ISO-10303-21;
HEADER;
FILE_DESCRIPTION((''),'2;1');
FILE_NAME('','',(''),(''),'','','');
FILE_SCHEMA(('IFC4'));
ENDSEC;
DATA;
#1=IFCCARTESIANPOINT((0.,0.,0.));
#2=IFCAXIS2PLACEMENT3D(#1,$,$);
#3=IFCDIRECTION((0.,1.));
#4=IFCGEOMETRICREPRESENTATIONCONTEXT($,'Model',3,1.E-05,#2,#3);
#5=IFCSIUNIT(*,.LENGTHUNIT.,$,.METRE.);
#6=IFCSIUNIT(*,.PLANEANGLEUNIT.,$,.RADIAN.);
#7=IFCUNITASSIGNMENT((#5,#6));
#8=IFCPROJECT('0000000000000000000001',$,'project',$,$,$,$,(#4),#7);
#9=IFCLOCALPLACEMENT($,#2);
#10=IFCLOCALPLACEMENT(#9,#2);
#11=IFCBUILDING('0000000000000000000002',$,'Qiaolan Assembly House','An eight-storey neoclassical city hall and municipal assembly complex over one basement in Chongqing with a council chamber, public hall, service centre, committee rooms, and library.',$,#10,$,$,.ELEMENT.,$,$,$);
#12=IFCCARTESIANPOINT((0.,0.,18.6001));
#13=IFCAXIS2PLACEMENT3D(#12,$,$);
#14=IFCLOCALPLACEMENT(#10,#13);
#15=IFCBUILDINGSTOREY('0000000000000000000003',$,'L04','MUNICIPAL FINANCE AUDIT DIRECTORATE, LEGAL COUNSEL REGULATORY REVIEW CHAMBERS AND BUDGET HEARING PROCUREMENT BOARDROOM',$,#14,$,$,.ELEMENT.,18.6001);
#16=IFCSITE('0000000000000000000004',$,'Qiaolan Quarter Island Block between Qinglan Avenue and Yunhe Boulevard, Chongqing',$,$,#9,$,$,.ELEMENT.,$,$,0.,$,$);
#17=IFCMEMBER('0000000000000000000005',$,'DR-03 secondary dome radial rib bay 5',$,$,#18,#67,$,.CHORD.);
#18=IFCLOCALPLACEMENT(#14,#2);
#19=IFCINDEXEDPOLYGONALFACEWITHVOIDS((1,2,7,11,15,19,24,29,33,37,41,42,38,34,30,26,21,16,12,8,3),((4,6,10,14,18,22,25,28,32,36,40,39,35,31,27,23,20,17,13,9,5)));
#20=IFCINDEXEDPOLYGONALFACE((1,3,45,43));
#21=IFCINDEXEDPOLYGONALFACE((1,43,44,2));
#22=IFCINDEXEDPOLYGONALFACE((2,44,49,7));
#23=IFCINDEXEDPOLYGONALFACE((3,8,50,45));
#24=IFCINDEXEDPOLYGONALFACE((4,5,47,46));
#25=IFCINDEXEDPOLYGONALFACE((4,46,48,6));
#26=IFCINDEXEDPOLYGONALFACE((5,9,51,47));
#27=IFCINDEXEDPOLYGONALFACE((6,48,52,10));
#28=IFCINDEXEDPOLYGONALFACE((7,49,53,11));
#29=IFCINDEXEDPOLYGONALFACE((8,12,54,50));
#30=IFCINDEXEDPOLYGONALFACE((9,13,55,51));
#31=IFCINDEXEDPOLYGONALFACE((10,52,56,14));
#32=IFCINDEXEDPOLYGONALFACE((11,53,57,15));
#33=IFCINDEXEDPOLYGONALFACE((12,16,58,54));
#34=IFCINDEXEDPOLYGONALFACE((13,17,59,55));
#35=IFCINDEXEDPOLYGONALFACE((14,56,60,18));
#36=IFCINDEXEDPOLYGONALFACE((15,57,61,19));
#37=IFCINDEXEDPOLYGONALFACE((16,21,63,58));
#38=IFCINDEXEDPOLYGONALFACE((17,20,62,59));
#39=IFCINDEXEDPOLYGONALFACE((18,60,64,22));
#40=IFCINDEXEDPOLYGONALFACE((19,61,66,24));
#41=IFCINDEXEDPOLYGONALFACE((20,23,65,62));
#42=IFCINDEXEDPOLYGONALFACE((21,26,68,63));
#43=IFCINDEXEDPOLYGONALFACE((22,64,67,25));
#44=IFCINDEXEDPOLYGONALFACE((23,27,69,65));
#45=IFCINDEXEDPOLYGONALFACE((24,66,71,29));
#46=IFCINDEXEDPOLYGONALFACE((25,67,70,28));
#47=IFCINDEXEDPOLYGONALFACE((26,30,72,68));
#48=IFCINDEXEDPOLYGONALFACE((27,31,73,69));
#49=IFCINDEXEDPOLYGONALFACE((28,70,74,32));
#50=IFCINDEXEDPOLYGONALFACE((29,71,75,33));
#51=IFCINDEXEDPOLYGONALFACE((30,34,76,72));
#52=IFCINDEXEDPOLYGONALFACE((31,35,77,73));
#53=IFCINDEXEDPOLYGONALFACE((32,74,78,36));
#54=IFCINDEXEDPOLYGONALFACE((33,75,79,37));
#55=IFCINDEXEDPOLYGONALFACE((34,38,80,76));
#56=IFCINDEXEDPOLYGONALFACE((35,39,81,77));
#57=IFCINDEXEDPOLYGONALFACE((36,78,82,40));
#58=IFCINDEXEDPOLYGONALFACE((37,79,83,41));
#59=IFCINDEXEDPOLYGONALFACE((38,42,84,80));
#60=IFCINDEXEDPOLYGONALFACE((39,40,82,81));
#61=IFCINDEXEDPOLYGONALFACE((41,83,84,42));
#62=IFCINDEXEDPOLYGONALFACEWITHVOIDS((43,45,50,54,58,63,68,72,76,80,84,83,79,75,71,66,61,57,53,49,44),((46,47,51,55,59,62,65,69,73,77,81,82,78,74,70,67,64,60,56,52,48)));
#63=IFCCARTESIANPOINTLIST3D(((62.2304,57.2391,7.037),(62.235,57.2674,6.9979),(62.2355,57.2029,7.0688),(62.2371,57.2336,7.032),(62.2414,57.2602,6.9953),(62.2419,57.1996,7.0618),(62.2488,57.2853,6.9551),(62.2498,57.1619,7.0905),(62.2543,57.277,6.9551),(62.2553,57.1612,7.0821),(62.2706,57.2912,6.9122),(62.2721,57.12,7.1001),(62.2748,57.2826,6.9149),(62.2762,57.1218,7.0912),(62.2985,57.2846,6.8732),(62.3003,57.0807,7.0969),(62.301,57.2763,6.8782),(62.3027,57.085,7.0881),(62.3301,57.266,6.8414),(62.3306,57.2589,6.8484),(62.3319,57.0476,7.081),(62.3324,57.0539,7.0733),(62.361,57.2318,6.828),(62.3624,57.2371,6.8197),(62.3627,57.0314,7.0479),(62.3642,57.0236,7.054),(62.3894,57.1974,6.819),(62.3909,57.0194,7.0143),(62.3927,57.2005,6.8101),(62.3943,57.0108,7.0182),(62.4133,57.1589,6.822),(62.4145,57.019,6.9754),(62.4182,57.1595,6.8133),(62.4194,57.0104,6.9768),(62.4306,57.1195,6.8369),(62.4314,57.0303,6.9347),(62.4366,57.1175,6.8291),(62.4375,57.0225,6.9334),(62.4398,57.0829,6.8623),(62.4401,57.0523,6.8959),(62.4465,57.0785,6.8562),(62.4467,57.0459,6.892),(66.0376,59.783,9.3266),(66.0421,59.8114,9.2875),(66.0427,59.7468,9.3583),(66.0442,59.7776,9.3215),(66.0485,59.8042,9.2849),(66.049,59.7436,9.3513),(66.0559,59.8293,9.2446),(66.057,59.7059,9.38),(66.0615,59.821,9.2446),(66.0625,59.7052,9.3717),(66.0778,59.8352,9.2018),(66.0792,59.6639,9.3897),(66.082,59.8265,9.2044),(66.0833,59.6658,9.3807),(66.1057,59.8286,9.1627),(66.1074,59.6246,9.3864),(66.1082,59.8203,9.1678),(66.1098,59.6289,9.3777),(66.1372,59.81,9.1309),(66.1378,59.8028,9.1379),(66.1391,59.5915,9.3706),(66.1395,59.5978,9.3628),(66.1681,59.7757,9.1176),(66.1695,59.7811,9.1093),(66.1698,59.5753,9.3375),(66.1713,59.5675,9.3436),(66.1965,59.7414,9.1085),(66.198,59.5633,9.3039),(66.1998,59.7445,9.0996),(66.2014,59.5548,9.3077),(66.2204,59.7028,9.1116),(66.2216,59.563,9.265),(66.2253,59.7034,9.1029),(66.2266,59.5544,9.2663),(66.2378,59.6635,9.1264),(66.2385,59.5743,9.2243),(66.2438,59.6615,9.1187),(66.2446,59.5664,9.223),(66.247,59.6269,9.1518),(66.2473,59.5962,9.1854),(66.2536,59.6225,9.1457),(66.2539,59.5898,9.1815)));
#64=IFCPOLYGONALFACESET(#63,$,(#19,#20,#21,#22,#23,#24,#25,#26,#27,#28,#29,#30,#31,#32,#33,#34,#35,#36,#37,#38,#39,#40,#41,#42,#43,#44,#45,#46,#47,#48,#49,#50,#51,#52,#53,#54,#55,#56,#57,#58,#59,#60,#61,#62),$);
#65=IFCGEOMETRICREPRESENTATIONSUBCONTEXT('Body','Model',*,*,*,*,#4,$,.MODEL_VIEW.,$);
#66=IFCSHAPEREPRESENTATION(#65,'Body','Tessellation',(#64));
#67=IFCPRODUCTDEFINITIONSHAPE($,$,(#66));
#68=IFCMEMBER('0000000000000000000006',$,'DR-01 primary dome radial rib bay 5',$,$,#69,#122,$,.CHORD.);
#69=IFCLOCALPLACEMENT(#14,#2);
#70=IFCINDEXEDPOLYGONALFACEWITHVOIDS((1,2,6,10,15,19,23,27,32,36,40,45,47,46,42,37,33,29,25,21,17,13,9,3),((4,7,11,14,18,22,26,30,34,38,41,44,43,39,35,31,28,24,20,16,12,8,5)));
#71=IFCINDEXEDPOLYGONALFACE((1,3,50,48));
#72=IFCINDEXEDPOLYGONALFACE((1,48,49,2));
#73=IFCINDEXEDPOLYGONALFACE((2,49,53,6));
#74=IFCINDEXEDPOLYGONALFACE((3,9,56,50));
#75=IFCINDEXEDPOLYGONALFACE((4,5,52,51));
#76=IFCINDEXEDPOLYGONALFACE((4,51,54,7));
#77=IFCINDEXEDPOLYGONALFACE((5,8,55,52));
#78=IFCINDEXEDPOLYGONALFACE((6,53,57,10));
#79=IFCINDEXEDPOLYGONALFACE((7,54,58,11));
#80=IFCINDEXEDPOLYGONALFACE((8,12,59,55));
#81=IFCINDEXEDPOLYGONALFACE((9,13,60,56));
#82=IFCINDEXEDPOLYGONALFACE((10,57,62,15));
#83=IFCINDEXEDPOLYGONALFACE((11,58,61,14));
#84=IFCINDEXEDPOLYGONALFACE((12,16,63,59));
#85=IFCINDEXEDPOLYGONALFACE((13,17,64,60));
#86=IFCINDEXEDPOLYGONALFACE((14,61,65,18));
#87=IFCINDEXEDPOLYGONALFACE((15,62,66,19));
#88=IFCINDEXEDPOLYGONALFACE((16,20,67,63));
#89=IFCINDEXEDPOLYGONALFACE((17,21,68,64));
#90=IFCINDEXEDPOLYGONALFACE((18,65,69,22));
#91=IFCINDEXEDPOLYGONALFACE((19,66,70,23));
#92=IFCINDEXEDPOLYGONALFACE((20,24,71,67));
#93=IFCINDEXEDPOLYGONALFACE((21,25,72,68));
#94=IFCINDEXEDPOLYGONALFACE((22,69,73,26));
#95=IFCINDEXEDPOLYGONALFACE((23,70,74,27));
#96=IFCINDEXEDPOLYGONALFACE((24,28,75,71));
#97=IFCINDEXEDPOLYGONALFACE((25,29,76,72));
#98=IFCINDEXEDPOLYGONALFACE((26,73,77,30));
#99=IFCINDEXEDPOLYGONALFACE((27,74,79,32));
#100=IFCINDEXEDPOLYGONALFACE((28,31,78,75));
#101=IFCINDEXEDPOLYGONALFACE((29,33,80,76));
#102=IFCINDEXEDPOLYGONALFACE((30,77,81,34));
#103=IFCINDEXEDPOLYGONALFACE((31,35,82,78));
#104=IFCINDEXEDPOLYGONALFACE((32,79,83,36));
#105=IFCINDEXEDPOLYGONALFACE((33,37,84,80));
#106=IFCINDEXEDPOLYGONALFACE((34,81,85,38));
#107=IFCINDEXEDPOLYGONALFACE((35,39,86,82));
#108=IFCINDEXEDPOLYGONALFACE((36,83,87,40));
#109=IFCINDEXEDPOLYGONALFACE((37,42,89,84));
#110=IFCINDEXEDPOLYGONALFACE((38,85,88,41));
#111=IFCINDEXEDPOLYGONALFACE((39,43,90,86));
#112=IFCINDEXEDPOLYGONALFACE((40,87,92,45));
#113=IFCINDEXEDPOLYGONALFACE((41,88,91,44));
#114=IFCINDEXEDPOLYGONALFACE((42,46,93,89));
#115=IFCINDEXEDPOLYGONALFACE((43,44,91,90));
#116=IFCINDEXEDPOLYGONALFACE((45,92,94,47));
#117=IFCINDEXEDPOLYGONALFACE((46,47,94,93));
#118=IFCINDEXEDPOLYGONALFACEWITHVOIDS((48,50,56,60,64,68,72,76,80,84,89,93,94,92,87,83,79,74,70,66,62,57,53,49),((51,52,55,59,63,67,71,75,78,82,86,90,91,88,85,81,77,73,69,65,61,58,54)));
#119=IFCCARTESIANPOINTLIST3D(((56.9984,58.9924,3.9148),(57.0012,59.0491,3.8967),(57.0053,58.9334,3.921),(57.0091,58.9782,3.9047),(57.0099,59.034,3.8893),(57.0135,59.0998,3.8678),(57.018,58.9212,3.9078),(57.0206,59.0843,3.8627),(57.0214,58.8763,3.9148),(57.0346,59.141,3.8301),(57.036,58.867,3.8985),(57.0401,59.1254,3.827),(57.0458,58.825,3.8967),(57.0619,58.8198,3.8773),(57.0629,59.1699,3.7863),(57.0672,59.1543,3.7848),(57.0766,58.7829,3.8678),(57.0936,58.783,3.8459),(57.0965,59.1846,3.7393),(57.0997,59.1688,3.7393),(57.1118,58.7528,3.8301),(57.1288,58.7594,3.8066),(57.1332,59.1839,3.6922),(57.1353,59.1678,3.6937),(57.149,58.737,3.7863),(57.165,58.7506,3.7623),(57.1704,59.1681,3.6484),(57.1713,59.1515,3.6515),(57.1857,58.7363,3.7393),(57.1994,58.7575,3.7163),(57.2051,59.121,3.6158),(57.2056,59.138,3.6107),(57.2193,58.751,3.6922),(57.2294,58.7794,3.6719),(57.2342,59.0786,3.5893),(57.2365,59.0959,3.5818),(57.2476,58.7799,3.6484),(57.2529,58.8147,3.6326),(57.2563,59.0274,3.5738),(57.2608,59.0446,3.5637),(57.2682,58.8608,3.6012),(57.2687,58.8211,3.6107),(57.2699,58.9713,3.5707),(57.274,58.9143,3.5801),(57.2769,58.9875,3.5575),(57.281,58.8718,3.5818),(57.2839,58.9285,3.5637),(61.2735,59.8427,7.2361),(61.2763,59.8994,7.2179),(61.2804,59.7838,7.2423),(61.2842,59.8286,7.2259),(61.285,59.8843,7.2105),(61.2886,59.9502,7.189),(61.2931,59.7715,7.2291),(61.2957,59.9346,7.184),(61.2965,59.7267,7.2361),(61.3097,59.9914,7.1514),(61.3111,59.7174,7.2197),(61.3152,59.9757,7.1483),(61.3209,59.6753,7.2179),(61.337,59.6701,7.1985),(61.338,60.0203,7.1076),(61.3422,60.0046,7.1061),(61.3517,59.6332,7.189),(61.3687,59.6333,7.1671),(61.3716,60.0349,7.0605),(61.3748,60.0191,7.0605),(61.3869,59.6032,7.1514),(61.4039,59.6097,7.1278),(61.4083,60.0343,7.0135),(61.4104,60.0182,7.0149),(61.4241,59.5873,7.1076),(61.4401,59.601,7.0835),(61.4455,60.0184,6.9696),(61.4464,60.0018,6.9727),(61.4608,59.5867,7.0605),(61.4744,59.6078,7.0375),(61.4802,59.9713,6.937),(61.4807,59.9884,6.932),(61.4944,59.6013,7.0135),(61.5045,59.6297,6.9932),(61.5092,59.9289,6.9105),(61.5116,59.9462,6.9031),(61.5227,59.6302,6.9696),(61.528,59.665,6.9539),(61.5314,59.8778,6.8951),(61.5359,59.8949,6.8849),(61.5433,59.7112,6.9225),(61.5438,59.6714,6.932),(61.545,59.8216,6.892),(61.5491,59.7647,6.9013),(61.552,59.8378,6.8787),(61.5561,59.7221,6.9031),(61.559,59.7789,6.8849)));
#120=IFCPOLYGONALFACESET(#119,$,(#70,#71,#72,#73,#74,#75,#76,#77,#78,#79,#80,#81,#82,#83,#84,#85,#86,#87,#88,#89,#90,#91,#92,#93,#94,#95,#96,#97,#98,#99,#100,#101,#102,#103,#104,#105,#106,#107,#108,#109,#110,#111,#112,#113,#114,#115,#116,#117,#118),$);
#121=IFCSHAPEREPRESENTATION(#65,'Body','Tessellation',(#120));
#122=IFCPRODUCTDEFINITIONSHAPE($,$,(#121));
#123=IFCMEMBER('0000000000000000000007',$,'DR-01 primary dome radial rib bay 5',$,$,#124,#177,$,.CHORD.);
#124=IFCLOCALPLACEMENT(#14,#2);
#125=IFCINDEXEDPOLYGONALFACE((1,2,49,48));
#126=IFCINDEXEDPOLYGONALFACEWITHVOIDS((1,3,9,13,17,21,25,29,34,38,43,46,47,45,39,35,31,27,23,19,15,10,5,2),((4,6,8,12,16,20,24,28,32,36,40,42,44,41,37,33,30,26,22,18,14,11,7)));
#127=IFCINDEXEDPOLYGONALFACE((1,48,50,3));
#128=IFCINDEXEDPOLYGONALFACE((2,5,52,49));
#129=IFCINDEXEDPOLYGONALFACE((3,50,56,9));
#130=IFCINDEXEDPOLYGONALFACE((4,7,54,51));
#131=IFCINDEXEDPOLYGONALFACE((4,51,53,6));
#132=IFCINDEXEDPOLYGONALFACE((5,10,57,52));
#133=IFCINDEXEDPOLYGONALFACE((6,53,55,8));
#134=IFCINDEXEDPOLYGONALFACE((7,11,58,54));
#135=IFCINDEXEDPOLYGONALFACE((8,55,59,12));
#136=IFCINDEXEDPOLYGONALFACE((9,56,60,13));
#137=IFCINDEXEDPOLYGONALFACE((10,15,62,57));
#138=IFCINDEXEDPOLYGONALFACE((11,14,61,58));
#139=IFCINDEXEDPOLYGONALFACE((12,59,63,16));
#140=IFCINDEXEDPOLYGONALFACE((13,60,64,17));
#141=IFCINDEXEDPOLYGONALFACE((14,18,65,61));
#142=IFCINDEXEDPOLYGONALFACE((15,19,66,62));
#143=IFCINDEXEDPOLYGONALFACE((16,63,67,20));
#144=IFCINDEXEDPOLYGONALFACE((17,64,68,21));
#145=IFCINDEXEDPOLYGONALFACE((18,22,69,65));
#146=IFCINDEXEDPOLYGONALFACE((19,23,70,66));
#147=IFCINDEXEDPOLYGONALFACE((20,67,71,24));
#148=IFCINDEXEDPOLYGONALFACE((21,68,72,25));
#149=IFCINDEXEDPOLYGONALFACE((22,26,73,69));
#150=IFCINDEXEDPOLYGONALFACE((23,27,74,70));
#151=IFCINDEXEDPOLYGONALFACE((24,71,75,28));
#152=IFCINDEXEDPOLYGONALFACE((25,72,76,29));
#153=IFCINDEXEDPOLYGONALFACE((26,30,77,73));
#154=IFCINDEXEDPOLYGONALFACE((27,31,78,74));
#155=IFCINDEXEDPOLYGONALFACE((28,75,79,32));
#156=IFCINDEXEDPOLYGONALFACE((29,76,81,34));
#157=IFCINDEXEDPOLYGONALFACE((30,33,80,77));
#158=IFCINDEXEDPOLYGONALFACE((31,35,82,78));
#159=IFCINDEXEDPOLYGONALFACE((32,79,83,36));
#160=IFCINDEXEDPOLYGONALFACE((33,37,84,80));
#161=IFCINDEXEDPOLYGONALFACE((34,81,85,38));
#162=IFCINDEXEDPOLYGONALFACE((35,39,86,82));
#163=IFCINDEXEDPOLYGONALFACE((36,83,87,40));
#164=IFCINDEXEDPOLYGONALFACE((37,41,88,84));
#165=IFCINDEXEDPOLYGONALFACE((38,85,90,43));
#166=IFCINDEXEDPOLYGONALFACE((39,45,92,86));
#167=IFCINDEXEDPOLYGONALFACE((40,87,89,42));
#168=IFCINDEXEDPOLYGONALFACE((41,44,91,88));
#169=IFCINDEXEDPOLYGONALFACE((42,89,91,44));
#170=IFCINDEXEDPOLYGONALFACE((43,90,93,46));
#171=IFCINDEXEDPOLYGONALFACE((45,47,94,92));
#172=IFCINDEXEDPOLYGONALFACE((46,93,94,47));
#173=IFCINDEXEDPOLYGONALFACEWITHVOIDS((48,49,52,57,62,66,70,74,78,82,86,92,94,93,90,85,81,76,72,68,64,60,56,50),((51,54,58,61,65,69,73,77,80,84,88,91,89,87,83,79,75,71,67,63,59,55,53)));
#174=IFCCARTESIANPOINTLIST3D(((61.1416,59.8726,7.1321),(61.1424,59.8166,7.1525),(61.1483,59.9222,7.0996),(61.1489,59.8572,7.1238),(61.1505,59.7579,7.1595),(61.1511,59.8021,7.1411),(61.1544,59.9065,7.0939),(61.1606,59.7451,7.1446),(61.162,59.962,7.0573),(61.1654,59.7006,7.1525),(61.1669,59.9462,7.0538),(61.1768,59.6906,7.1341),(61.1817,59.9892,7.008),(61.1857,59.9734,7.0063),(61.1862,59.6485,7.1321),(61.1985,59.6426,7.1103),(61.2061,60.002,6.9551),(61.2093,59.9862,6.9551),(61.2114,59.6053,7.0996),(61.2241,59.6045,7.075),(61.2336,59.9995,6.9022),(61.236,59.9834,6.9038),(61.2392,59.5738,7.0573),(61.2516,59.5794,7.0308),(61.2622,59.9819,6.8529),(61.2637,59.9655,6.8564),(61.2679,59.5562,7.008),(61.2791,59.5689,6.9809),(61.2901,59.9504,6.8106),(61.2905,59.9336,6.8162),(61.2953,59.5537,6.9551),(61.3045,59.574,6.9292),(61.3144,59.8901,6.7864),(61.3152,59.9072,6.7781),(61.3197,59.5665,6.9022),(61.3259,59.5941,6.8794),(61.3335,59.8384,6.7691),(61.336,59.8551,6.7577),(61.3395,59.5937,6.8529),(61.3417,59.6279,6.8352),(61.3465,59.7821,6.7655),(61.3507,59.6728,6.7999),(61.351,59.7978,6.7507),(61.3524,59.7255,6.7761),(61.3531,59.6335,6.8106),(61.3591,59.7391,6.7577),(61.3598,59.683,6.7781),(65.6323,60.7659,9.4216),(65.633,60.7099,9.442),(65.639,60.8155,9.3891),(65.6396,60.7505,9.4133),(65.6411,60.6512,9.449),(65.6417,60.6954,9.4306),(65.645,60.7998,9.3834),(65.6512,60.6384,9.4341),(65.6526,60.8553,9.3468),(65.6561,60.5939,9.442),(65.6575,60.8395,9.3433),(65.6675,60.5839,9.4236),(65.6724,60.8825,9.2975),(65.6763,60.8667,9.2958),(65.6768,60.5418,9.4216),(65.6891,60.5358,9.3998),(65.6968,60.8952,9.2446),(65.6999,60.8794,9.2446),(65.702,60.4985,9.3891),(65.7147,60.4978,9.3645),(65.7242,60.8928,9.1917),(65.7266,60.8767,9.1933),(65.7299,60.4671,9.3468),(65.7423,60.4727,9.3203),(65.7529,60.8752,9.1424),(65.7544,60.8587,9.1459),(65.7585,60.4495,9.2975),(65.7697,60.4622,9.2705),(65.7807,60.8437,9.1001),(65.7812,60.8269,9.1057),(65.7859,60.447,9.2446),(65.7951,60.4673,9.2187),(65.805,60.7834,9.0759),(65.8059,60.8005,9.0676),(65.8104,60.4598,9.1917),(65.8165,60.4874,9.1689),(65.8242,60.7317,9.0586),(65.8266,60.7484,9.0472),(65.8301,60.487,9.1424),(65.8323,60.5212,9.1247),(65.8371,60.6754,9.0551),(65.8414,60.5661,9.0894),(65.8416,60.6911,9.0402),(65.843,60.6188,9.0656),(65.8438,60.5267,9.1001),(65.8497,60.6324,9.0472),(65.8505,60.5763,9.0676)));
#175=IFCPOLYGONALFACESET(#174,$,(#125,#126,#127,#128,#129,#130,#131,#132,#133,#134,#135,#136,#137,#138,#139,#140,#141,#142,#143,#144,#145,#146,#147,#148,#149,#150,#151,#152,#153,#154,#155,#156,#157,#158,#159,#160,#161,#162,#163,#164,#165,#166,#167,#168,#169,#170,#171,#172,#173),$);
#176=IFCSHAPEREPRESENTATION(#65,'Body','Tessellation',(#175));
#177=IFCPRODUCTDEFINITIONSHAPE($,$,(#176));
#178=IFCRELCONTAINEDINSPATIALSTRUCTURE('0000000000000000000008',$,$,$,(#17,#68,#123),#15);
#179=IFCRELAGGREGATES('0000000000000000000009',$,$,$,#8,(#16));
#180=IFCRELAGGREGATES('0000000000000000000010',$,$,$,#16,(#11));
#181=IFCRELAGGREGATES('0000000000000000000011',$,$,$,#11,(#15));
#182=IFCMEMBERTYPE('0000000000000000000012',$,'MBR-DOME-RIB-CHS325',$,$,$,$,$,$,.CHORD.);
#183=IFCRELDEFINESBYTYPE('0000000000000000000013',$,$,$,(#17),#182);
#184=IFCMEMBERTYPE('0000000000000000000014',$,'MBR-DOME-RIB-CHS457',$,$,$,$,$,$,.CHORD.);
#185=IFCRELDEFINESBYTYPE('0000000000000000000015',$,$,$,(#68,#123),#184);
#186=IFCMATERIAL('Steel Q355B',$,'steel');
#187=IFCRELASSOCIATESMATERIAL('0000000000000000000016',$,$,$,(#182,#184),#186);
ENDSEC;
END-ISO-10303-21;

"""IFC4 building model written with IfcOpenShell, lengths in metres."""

from ifc_helpers import new_model, si_unit, direction, frame, origin, origin_2d, place, context, subcontext, project, spatial, hollow_circle, extrude, material, material_profile, profile_set, type_object, element, save


model = new_model("IFC4")

# Units and contexts
model_context = context("Model", 3, precision=1e-05, world=origin(), true_north=direction((0.0, 1.0)))
body_context = subcontext(model_context, "Body", "Model", "MODEL_VIEW")
ifc_project = project(units=[si_unit("LENGTHUNIT", "METRE"), si_unit("PLANEANGLEUNIT", "RADIAN")], contexts=[model_context])

# Site, building, storey
site_placement = place(None, origin())
site = spatial("IfcSite", under=ifc_project, at=site_placement, Name="Qiaolan Quarter Island Block between Qinglan Avenue and Yunhe Boulevard, Chongqing", CompositionType="ELEMENT", RefElevation=0.0)
building_placement = place(site_placement, origin())
building = spatial("IfcBuilding", under=site, at=building_placement, Name="Qiaolan Assembly House", Description="An eight-storey neoclassical city hall and municipal assembly complex over one basement in Chongqing with a council chamber, public hall, service centre, committee rooms, and library.", CompositionType="ELEMENT")
storey_placement = place(building_placement, frame((0.0, 0.0, 18.6001)))
storey = spatial("IfcBuildingStorey", under=building, at=storey_placement, Name="L04", Description="MUNICIPAL FINANCE AUDIT DIRECTORATE, LEGAL COUNSEL REGULATORY REVIEW CHAMBERS AND BUDGET HEARING PROCUREMENT BOARDROOM", CompositionType="ELEMENT", Elevation=18.6001)

# Shared definitions
ifc_material_1 = material(Name="Steel Q355B", Category="steel")

# Members
ifc_material_profile_1 = material_profile(ifc_material_1, hollow_circle(Radius=0.1626, WallThickness=0.01, at=origin_2d()), Name="CHS 325x10")
ifc_profile_set_1 = profile_set([ifc_material_profile_1], Name="Steel Q355B")
member_type_1 = type_object("IfcMemberType", Name="MBR-DOME-RIB-CHS325", PredefinedType="CHORD", material=ifc_profile_set_1)
member_1_placement = place(storey_placement, frame((62.3391, 57.1501, 6.9551), z_axis=(0.743672, 0.496926, 0.447233), x_axis=(-0.555586, 0.831459, 0.0)))
element("IfcMember", 1, at=member_1_placement, inside=storey, type_object=member_type_1, Name="DR-03 secondary dome radial rib bay 5", PredefinedType="CHORD", context=body_context, shape_type="SweptSolid", body=[
    extrude(hollow_circle(Radius=0.1626, WallThickness=0.01, at=origin_2d()), origin(), (0.0, 0.0, 1.0), 5.1194),
])
ifc_material_profile_2 = material_profile(ifc_material_1, hollow_circle(Radius=0.2285, WallThickness=0.0161, at=origin_2d()), Name="CHS 457x16")
ifc_profile_set_2 = profile_set([ifc_material_profile_2], Name="Steel Q355B")
member_type_2 = type_object("IfcMemberType", Name="MBR-DOME-RIB-CHS457", PredefinedType="CHORD", material=ifc_profile_set_2)
member_2_placement = place(storey_placement, frame((57.1411, 58.9604, 3.7393), z_axis=(0.780129, 0.155171, 0.606069), x_axis=(-0.195082, 0.980787, 0.0)))
element("IfcMember", 2, at=member_2_placement, inside=storey, type_object=member_type_2, Name="DR-01 primary dome radial rib bay 5", PredefinedType="CHORD", context=body_context, shape_type="SweptSolid", body=[
    extrude(hollow_circle(Radius=0.2285, WallThickness=0.0161, at=origin_2d()), origin(), (0.0, 0.0, 1.0), 5.48),
])
member_3_placement = place(storey_placement, frame((61.2507, 59.7778, 6.9551), z_axis=(0.877224, 0.174501, 0.447244), x_axis=(-0.195101, 0.980783, 0.0)))
element("IfcMember", 3, at=member_3_placement, inside=storey, type_object=member_type_2, Name="DR-01 primary dome radial rib bay 5", PredefinedType="CHORD", context=body_context, shape_type="SweptSolid", body=[
    extrude(hollow_circle(Radius=0.2285, WallThickness=0.0161, at=origin_2d()), origin(), (0.0, 0.0, 1.0), 5.1191),
])

save(model, "model.ifc")
